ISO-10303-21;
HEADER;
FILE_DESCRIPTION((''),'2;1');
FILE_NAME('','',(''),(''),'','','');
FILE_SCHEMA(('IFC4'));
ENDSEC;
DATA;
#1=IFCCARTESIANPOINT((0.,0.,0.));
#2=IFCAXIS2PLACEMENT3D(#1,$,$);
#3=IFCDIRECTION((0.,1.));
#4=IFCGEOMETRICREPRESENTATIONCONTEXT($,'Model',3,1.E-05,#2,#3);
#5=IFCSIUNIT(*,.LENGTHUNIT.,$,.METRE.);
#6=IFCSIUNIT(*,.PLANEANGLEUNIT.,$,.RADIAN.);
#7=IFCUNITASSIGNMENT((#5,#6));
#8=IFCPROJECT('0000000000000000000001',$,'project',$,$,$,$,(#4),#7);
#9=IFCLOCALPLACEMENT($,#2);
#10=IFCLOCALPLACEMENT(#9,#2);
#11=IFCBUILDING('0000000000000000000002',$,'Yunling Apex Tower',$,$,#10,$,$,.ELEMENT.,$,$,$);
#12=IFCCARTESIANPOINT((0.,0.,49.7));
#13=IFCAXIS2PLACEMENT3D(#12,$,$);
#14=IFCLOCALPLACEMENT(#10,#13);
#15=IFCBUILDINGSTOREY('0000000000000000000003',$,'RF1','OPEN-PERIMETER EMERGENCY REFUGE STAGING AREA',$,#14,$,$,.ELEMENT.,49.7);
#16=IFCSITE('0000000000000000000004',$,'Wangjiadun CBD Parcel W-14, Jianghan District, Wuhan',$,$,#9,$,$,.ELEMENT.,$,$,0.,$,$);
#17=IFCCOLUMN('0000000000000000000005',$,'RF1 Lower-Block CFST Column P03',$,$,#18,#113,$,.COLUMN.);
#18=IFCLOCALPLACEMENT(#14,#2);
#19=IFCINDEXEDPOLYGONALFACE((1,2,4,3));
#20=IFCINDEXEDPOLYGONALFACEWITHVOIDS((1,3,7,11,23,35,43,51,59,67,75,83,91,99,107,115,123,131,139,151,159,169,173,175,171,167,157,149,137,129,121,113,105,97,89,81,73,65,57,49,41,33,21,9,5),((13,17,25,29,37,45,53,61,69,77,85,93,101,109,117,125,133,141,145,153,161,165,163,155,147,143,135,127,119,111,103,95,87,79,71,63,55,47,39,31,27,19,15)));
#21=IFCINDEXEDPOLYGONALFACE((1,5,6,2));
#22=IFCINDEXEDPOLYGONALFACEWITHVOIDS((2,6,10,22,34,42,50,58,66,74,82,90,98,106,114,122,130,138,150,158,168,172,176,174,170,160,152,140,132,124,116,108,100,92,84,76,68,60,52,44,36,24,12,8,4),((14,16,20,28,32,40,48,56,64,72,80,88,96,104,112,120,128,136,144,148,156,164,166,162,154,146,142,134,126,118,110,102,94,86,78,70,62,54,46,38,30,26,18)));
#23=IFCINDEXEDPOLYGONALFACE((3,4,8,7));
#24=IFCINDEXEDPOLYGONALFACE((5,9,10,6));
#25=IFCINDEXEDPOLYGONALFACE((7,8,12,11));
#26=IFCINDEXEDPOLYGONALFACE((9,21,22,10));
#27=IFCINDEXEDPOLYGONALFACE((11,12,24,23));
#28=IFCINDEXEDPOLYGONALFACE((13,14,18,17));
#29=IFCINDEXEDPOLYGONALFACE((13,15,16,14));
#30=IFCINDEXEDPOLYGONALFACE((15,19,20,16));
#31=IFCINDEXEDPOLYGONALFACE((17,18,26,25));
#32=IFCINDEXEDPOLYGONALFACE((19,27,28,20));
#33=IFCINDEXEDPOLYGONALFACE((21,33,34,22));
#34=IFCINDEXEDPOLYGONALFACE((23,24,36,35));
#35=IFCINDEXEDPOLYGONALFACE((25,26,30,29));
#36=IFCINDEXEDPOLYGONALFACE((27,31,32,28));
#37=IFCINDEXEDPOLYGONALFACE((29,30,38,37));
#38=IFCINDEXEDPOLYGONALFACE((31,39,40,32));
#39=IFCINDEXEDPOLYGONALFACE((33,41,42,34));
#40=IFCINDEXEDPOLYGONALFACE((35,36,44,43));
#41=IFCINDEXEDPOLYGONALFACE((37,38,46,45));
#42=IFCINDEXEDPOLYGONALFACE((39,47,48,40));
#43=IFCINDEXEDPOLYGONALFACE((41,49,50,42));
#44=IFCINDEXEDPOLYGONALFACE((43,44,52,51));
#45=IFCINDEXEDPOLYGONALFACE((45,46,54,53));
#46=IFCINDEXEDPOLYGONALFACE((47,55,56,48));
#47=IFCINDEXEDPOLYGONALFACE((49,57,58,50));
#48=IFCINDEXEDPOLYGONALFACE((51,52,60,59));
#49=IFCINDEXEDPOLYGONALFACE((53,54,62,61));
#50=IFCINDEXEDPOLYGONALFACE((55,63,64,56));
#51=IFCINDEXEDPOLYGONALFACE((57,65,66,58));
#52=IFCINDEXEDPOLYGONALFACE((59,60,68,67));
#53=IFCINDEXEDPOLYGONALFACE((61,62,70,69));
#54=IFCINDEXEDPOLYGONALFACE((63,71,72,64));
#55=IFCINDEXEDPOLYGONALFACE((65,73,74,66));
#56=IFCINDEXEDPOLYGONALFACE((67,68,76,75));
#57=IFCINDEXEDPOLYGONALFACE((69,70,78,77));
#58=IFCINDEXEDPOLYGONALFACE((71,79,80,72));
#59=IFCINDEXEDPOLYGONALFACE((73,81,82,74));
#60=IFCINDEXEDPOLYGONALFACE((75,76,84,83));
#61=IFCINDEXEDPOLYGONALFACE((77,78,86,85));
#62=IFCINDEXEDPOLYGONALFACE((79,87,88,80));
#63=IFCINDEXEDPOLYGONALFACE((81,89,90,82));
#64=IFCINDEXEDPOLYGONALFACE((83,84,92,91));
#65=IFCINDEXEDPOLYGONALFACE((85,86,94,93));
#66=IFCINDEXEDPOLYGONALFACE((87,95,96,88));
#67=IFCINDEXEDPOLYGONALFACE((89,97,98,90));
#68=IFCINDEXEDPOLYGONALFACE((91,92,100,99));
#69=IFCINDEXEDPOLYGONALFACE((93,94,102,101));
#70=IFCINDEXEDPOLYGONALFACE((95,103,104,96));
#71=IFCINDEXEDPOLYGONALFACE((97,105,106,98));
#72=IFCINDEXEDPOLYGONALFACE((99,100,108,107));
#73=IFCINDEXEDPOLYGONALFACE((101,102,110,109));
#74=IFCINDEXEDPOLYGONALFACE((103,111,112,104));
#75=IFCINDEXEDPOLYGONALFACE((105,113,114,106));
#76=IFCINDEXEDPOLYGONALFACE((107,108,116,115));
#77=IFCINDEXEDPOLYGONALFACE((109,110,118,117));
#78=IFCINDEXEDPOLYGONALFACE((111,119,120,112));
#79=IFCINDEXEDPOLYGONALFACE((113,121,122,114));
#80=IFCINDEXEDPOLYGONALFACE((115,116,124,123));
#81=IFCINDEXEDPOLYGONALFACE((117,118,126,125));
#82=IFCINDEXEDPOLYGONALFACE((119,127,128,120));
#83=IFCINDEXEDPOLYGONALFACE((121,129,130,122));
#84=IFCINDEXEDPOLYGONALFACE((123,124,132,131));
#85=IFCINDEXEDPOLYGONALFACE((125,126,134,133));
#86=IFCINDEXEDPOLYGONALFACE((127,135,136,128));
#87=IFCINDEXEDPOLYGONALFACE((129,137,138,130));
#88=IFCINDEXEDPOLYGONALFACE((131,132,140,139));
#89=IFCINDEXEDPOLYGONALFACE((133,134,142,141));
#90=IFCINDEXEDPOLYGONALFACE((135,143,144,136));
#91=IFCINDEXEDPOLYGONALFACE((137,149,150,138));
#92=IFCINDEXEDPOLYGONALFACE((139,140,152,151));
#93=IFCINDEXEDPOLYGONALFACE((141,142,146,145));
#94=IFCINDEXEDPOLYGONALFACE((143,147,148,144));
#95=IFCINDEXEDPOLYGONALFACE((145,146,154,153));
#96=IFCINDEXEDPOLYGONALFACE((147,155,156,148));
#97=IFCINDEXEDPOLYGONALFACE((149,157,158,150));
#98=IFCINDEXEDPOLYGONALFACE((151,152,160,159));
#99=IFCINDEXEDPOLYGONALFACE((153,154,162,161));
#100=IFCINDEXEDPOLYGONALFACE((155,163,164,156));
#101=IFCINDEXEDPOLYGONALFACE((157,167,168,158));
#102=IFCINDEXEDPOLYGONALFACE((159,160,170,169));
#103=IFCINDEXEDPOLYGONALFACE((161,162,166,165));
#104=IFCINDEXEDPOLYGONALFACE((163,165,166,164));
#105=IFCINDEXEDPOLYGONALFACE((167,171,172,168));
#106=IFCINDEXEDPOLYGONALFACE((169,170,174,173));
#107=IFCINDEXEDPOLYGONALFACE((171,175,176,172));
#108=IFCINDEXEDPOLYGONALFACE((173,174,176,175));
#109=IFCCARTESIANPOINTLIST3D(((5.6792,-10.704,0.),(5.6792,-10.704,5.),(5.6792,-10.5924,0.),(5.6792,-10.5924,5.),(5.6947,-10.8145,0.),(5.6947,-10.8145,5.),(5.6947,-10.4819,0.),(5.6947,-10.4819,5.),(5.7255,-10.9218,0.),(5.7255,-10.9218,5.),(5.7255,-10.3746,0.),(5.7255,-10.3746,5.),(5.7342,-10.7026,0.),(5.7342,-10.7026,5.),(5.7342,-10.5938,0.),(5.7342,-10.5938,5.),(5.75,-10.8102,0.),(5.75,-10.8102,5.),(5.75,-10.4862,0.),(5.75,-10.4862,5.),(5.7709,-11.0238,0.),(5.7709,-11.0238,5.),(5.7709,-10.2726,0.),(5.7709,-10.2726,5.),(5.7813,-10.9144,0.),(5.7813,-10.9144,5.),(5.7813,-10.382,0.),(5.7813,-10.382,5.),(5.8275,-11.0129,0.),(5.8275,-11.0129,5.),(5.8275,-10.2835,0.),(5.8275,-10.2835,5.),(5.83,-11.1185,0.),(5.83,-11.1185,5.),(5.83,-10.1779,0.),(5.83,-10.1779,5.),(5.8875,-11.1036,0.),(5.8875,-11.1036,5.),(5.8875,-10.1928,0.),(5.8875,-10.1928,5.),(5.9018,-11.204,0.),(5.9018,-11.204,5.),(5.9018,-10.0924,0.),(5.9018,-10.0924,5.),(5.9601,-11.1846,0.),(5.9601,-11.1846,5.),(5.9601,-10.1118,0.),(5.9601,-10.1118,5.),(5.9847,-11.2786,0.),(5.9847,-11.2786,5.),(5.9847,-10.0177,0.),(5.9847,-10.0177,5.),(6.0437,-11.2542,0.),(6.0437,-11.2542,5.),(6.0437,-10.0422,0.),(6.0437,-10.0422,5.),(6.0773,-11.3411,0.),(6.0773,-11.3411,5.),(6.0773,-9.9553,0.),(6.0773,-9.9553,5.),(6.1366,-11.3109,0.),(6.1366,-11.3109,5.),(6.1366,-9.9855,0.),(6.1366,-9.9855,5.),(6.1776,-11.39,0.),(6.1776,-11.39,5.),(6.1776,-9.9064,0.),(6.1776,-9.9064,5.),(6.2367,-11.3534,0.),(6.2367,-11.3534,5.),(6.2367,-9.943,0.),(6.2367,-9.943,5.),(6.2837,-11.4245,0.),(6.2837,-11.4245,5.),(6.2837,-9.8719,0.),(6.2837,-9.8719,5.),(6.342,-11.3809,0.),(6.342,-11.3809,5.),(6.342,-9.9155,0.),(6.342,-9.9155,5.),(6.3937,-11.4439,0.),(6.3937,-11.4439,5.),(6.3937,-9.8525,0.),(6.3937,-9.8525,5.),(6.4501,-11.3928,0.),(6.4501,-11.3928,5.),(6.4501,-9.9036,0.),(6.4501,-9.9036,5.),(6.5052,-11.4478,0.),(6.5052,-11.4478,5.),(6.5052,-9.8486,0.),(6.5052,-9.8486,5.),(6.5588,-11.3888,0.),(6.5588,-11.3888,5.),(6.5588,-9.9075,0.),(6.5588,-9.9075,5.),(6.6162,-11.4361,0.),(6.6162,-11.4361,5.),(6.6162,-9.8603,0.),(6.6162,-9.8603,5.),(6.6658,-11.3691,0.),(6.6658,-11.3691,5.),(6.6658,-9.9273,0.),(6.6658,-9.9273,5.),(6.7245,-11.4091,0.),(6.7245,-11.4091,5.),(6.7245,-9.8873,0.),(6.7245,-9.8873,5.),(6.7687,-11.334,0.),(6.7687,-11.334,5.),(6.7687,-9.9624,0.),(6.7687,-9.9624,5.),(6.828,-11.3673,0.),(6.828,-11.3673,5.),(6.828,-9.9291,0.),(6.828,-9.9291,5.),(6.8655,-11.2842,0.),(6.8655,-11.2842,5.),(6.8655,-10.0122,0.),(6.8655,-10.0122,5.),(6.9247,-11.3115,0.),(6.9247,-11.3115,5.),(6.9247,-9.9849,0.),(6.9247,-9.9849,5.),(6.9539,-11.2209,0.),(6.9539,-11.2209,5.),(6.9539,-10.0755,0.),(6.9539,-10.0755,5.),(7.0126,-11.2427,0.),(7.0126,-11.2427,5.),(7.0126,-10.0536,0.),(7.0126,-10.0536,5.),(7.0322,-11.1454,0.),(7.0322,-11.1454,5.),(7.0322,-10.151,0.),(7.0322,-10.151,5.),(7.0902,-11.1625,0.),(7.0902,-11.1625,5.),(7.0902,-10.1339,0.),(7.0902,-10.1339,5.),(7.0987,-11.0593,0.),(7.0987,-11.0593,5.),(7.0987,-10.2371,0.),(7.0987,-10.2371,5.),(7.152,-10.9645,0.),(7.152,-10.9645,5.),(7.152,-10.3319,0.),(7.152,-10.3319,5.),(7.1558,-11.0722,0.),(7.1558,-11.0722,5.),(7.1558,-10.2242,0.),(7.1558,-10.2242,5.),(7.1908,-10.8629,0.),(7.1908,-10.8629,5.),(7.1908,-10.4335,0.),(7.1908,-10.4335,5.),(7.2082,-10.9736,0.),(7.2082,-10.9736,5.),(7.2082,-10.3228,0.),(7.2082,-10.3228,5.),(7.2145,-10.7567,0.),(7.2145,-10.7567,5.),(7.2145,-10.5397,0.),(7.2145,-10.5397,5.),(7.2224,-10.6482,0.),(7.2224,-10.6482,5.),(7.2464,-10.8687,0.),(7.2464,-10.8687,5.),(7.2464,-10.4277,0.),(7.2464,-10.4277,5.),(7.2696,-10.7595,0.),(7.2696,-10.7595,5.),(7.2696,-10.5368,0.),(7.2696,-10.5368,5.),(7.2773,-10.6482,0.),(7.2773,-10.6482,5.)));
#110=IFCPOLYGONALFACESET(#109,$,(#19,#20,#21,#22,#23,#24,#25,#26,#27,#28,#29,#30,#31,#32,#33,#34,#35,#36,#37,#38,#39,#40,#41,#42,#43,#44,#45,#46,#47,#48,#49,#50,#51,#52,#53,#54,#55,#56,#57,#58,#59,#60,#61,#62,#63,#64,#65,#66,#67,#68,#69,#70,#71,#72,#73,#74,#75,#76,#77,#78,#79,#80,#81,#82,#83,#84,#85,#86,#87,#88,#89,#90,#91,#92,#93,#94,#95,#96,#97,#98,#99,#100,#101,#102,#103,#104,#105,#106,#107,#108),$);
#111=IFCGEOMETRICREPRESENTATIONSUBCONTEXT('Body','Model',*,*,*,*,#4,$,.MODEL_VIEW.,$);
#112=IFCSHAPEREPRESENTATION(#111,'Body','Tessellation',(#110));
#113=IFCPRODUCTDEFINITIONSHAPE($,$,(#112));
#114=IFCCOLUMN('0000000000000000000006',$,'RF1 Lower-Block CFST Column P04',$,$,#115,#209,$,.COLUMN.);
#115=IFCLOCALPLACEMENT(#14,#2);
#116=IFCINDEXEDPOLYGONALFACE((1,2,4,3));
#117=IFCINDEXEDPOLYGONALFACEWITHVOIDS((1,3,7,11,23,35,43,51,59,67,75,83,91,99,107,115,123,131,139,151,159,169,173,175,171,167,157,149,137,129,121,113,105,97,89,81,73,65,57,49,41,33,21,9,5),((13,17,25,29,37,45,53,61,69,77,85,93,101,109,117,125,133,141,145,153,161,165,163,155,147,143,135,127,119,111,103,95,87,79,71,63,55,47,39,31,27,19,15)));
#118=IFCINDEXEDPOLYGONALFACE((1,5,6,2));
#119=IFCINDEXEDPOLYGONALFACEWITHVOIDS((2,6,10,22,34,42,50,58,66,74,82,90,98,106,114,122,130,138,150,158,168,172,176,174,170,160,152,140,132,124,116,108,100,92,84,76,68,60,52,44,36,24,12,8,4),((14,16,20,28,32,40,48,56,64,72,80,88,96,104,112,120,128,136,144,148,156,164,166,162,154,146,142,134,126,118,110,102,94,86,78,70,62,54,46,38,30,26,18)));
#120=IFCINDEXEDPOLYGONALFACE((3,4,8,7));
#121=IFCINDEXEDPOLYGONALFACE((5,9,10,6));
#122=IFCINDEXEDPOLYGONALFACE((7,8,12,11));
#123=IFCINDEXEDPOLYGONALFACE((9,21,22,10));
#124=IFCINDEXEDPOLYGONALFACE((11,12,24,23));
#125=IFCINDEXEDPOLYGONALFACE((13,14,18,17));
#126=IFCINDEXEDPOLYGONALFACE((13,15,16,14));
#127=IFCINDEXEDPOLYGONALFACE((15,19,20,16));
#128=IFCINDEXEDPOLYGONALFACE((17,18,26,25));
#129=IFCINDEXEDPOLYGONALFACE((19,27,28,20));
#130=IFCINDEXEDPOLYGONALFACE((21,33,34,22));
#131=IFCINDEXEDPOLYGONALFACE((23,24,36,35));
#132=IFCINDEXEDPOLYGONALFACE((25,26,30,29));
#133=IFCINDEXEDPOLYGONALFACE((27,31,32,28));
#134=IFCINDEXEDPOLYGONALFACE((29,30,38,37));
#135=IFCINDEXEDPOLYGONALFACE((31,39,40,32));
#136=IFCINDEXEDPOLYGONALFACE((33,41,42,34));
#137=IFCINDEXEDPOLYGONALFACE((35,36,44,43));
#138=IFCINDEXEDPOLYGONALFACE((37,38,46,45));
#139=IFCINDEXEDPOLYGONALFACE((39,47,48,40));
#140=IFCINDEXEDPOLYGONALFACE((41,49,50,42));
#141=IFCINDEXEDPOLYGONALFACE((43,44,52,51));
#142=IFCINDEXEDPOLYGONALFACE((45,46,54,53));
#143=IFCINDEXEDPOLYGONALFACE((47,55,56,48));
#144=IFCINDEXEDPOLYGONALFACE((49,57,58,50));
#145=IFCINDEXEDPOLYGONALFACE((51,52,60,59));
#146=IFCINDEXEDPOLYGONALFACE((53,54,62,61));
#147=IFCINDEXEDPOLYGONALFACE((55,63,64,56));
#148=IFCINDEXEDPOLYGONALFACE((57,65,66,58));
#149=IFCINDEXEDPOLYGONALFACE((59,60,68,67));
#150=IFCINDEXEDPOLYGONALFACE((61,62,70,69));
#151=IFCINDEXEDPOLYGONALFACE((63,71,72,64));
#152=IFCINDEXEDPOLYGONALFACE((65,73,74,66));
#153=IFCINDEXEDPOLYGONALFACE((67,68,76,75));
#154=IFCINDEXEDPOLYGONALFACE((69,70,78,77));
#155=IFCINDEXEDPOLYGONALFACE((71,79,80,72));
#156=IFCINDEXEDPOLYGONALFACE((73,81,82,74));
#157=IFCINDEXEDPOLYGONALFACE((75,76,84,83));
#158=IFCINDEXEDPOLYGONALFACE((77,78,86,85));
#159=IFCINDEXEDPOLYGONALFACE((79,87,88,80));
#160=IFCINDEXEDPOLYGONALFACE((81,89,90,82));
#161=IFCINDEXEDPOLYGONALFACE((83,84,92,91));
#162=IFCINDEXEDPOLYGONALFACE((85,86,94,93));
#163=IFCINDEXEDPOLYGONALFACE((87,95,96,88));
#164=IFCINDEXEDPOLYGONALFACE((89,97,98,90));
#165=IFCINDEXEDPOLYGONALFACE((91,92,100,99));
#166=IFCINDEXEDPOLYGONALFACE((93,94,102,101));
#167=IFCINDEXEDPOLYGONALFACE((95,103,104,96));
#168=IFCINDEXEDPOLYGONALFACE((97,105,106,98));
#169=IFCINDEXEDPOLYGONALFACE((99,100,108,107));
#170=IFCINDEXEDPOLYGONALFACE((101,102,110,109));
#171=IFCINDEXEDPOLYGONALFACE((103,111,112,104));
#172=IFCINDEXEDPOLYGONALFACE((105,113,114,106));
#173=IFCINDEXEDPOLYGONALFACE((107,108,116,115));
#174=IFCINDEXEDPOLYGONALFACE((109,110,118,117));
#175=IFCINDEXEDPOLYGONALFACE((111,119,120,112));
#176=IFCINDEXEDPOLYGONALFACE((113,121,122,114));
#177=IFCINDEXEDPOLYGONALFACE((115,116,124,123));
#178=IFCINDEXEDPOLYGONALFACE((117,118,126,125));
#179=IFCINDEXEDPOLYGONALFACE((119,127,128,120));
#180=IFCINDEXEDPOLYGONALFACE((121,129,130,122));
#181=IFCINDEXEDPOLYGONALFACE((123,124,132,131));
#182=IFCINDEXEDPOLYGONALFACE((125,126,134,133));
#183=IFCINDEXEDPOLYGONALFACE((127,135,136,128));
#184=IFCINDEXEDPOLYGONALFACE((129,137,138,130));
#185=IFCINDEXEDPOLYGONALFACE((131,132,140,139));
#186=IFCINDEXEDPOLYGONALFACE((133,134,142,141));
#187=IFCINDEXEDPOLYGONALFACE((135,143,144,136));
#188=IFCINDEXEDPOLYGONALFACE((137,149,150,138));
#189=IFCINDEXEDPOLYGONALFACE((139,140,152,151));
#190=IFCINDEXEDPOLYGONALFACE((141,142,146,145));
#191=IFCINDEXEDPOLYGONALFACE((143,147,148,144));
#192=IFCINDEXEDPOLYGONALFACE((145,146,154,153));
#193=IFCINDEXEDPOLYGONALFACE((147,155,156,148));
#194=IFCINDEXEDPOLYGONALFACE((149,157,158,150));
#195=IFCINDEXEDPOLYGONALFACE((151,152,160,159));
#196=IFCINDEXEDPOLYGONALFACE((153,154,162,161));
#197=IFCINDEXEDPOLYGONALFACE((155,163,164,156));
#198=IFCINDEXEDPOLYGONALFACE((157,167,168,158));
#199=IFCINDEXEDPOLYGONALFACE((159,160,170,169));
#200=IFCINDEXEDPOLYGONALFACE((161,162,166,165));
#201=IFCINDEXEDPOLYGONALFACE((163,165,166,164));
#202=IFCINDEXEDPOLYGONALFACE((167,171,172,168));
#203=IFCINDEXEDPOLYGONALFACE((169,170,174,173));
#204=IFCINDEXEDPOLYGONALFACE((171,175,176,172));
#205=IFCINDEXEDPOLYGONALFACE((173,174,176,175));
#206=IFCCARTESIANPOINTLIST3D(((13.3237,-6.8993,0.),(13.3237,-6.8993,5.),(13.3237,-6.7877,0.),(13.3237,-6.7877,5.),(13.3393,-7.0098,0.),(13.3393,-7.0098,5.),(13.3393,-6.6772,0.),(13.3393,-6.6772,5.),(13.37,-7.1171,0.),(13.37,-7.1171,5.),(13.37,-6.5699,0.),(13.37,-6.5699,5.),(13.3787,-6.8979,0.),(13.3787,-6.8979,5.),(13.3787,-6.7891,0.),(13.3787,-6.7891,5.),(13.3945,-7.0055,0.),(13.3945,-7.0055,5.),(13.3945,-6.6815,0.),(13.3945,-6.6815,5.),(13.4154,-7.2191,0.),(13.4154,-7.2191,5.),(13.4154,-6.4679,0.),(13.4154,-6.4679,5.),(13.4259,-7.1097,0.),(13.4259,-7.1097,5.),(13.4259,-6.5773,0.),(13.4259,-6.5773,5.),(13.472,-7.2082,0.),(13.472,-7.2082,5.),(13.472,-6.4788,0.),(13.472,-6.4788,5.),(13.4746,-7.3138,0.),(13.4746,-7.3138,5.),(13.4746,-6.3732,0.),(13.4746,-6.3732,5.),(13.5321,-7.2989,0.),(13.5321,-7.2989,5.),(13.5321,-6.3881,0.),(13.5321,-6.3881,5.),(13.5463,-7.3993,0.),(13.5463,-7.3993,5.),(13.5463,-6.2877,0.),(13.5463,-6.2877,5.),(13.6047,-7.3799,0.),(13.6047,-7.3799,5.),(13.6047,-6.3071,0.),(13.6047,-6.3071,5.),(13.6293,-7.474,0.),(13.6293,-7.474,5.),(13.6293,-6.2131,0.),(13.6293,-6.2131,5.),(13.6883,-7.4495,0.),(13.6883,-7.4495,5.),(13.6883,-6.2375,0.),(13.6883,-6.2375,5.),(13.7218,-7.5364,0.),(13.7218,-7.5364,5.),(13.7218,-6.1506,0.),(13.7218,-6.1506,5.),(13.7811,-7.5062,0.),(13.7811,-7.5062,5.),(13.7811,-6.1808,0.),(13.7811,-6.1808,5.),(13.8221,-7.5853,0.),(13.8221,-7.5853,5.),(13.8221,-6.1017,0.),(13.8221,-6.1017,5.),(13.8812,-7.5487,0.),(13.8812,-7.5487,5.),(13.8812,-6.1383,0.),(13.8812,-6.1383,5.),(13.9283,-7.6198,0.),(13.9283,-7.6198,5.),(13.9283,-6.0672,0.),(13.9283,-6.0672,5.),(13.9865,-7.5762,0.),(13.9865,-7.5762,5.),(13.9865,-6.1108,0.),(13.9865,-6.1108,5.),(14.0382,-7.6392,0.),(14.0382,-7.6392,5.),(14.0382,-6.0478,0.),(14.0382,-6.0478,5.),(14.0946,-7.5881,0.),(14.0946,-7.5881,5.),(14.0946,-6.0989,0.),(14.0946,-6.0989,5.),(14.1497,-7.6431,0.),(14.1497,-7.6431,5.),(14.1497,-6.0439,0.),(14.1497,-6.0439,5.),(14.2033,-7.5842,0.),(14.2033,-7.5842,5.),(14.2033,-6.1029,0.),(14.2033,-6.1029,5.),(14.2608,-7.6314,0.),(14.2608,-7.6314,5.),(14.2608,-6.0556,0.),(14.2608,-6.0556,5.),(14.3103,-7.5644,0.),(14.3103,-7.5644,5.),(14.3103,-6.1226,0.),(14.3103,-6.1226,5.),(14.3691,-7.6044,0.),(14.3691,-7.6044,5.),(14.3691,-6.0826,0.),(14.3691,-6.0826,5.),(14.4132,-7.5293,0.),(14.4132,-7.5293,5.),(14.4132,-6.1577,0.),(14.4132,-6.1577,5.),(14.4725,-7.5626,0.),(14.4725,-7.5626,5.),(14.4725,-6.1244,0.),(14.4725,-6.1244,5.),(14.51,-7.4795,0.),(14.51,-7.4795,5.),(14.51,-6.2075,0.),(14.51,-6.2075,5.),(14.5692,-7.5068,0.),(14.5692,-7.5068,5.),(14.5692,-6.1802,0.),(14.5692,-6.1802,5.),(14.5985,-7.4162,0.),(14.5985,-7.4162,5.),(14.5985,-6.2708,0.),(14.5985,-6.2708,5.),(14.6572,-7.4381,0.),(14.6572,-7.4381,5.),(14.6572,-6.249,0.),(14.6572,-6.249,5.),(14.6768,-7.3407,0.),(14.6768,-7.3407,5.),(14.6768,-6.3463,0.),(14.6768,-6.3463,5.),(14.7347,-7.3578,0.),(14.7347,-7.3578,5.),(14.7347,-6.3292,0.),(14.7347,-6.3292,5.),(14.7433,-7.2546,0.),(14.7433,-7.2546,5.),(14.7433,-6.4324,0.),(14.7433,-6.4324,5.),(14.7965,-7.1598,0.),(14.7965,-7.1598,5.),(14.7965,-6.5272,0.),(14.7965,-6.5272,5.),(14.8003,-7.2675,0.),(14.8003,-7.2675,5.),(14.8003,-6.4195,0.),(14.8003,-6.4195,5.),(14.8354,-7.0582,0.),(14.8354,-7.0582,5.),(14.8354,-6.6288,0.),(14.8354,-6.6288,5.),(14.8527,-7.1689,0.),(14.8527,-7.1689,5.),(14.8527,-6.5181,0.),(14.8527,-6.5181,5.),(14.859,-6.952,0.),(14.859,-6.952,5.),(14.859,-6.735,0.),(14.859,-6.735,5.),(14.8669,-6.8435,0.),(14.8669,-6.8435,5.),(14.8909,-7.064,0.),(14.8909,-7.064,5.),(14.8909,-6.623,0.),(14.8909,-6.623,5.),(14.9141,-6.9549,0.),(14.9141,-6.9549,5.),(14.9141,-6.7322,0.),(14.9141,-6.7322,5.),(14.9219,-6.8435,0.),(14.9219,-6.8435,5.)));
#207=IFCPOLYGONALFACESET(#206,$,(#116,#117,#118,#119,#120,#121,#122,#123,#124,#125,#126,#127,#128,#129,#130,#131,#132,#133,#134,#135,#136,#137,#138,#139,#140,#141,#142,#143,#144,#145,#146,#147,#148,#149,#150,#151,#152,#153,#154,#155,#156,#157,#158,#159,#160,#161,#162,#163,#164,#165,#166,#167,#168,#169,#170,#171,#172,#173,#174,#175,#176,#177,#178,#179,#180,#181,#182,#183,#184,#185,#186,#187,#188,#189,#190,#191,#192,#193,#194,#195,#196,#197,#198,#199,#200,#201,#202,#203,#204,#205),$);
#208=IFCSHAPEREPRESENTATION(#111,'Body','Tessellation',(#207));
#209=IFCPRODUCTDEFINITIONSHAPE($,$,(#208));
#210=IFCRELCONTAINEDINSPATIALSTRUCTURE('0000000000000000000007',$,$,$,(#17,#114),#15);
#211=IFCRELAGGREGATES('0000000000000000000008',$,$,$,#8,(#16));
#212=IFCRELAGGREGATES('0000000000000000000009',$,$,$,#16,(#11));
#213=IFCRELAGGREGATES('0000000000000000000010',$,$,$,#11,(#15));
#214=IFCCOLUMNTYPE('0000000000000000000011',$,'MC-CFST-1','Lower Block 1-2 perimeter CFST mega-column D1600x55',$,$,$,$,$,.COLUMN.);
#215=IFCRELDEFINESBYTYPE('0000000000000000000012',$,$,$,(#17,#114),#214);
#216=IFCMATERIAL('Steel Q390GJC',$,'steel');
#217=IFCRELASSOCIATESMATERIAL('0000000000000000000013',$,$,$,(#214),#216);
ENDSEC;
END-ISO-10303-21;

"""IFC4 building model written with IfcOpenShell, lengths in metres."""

from ifc_helpers import new_model, si_unit, direction, frame, origin, origin_2d, place, context, subcontext, project, spatial, hollow_circle, extrude, source, transform, mapped, material, material_profile, profile_set, type_object, element, save


model = new_model("IFC4")

# Units and contexts
model_context = context("Model", 3, precision=1e-05, world=origin(), true_north=direction((0.0, 1.0)))
body_context = subcontext(model_context, "Body", "Model", "MODEL_VIEW")
ifc_project = project(units=[si_unit("LENGTHUNIT", "METRE"), si_unit("PLANEANGLEUNIT", "RADIAN")], contexts=[model_context])

# Site, building, storey
site_placement = place(None, origin())
site = spatial("IfcSite", under=ifc_project, at=site_placement, Name="Wangjiadun CBD Parcel W-14, Jianghan District, Wuhan", CompositionType="ELEMENT", RefElevation=0.0)
building_placement = place(site_placement, origin())
building = spatial("IfcBuilding", under=site, at=building_placement, Name="Yunling Apex Tower", CompositionType="ELEMENT")
storey_placement = place(building_placement, frame((0.0, 0.0, 49.7)))
storey = spatial("IfcBuildingStorey", under=building, at=storey_placement, Name="RF1", Description="OPEN-PERIMETER EMERGENCY REFUGE STAGING AREA", CompositionType="ELEMENT", Elevation=49.7)

# Columns
ifc_material_1 = material(Name="Steel Q390GJC", Category="steel")
ifc_material_profile_1 = material_profile(ifc_material_1, hollow_circle(Radius=0.8, WallThickness=0.0549, at=origin_2d()))
ifc_profile_set_1 = profile_set([ifc_material_profile_1], Name="Steel Q390GJC")
column_type = type_object("IfcColumnType", Name="MC-CFST-1", Description="Lower Block 1-2 perimeter CFST mega-column D1600x55", PredefinedType="COLUMN", material=ifc_profile_set_1)
shared_shape_1 = source(origin(), body_context, "Body", "SweptSolid", [
    extrude(hollow_circle(Radius=0.8, WallThickness=0.0549, at=origin_2d()), origin(), (0.0, 0.0, 1.0), 5.0),
])
for number, where, z_axis, x_axis, name in (
    (1, (6.4773, -10.6482, 0.0), (0.0, 0.0, 1.0), (1.0, 0.0, 0.0), "RF1 Lower-Block CFST Column P03"),
    (2, (14.1218, -6.8435, 0.0), (0.0, 0.0, 1.0), (1.0, 0.0, 0.0), "RF1 Lower-Block CFST Column P04"),
):
    element("IfcColumn", number, at=place(storey_placement, frame(where, z_axis=z_axis, x_axis=x_axis)), inside=storey, type_object=column_type, Name=name, PredefinedType="COLUMN", context=body_context, shape_type="MappedRepresentation", body=[
        mapped(shared_shape_1, transform((0.0, 0.0, 0.0), scale=1.0)),
    ])

save(model, "model.ifc")
